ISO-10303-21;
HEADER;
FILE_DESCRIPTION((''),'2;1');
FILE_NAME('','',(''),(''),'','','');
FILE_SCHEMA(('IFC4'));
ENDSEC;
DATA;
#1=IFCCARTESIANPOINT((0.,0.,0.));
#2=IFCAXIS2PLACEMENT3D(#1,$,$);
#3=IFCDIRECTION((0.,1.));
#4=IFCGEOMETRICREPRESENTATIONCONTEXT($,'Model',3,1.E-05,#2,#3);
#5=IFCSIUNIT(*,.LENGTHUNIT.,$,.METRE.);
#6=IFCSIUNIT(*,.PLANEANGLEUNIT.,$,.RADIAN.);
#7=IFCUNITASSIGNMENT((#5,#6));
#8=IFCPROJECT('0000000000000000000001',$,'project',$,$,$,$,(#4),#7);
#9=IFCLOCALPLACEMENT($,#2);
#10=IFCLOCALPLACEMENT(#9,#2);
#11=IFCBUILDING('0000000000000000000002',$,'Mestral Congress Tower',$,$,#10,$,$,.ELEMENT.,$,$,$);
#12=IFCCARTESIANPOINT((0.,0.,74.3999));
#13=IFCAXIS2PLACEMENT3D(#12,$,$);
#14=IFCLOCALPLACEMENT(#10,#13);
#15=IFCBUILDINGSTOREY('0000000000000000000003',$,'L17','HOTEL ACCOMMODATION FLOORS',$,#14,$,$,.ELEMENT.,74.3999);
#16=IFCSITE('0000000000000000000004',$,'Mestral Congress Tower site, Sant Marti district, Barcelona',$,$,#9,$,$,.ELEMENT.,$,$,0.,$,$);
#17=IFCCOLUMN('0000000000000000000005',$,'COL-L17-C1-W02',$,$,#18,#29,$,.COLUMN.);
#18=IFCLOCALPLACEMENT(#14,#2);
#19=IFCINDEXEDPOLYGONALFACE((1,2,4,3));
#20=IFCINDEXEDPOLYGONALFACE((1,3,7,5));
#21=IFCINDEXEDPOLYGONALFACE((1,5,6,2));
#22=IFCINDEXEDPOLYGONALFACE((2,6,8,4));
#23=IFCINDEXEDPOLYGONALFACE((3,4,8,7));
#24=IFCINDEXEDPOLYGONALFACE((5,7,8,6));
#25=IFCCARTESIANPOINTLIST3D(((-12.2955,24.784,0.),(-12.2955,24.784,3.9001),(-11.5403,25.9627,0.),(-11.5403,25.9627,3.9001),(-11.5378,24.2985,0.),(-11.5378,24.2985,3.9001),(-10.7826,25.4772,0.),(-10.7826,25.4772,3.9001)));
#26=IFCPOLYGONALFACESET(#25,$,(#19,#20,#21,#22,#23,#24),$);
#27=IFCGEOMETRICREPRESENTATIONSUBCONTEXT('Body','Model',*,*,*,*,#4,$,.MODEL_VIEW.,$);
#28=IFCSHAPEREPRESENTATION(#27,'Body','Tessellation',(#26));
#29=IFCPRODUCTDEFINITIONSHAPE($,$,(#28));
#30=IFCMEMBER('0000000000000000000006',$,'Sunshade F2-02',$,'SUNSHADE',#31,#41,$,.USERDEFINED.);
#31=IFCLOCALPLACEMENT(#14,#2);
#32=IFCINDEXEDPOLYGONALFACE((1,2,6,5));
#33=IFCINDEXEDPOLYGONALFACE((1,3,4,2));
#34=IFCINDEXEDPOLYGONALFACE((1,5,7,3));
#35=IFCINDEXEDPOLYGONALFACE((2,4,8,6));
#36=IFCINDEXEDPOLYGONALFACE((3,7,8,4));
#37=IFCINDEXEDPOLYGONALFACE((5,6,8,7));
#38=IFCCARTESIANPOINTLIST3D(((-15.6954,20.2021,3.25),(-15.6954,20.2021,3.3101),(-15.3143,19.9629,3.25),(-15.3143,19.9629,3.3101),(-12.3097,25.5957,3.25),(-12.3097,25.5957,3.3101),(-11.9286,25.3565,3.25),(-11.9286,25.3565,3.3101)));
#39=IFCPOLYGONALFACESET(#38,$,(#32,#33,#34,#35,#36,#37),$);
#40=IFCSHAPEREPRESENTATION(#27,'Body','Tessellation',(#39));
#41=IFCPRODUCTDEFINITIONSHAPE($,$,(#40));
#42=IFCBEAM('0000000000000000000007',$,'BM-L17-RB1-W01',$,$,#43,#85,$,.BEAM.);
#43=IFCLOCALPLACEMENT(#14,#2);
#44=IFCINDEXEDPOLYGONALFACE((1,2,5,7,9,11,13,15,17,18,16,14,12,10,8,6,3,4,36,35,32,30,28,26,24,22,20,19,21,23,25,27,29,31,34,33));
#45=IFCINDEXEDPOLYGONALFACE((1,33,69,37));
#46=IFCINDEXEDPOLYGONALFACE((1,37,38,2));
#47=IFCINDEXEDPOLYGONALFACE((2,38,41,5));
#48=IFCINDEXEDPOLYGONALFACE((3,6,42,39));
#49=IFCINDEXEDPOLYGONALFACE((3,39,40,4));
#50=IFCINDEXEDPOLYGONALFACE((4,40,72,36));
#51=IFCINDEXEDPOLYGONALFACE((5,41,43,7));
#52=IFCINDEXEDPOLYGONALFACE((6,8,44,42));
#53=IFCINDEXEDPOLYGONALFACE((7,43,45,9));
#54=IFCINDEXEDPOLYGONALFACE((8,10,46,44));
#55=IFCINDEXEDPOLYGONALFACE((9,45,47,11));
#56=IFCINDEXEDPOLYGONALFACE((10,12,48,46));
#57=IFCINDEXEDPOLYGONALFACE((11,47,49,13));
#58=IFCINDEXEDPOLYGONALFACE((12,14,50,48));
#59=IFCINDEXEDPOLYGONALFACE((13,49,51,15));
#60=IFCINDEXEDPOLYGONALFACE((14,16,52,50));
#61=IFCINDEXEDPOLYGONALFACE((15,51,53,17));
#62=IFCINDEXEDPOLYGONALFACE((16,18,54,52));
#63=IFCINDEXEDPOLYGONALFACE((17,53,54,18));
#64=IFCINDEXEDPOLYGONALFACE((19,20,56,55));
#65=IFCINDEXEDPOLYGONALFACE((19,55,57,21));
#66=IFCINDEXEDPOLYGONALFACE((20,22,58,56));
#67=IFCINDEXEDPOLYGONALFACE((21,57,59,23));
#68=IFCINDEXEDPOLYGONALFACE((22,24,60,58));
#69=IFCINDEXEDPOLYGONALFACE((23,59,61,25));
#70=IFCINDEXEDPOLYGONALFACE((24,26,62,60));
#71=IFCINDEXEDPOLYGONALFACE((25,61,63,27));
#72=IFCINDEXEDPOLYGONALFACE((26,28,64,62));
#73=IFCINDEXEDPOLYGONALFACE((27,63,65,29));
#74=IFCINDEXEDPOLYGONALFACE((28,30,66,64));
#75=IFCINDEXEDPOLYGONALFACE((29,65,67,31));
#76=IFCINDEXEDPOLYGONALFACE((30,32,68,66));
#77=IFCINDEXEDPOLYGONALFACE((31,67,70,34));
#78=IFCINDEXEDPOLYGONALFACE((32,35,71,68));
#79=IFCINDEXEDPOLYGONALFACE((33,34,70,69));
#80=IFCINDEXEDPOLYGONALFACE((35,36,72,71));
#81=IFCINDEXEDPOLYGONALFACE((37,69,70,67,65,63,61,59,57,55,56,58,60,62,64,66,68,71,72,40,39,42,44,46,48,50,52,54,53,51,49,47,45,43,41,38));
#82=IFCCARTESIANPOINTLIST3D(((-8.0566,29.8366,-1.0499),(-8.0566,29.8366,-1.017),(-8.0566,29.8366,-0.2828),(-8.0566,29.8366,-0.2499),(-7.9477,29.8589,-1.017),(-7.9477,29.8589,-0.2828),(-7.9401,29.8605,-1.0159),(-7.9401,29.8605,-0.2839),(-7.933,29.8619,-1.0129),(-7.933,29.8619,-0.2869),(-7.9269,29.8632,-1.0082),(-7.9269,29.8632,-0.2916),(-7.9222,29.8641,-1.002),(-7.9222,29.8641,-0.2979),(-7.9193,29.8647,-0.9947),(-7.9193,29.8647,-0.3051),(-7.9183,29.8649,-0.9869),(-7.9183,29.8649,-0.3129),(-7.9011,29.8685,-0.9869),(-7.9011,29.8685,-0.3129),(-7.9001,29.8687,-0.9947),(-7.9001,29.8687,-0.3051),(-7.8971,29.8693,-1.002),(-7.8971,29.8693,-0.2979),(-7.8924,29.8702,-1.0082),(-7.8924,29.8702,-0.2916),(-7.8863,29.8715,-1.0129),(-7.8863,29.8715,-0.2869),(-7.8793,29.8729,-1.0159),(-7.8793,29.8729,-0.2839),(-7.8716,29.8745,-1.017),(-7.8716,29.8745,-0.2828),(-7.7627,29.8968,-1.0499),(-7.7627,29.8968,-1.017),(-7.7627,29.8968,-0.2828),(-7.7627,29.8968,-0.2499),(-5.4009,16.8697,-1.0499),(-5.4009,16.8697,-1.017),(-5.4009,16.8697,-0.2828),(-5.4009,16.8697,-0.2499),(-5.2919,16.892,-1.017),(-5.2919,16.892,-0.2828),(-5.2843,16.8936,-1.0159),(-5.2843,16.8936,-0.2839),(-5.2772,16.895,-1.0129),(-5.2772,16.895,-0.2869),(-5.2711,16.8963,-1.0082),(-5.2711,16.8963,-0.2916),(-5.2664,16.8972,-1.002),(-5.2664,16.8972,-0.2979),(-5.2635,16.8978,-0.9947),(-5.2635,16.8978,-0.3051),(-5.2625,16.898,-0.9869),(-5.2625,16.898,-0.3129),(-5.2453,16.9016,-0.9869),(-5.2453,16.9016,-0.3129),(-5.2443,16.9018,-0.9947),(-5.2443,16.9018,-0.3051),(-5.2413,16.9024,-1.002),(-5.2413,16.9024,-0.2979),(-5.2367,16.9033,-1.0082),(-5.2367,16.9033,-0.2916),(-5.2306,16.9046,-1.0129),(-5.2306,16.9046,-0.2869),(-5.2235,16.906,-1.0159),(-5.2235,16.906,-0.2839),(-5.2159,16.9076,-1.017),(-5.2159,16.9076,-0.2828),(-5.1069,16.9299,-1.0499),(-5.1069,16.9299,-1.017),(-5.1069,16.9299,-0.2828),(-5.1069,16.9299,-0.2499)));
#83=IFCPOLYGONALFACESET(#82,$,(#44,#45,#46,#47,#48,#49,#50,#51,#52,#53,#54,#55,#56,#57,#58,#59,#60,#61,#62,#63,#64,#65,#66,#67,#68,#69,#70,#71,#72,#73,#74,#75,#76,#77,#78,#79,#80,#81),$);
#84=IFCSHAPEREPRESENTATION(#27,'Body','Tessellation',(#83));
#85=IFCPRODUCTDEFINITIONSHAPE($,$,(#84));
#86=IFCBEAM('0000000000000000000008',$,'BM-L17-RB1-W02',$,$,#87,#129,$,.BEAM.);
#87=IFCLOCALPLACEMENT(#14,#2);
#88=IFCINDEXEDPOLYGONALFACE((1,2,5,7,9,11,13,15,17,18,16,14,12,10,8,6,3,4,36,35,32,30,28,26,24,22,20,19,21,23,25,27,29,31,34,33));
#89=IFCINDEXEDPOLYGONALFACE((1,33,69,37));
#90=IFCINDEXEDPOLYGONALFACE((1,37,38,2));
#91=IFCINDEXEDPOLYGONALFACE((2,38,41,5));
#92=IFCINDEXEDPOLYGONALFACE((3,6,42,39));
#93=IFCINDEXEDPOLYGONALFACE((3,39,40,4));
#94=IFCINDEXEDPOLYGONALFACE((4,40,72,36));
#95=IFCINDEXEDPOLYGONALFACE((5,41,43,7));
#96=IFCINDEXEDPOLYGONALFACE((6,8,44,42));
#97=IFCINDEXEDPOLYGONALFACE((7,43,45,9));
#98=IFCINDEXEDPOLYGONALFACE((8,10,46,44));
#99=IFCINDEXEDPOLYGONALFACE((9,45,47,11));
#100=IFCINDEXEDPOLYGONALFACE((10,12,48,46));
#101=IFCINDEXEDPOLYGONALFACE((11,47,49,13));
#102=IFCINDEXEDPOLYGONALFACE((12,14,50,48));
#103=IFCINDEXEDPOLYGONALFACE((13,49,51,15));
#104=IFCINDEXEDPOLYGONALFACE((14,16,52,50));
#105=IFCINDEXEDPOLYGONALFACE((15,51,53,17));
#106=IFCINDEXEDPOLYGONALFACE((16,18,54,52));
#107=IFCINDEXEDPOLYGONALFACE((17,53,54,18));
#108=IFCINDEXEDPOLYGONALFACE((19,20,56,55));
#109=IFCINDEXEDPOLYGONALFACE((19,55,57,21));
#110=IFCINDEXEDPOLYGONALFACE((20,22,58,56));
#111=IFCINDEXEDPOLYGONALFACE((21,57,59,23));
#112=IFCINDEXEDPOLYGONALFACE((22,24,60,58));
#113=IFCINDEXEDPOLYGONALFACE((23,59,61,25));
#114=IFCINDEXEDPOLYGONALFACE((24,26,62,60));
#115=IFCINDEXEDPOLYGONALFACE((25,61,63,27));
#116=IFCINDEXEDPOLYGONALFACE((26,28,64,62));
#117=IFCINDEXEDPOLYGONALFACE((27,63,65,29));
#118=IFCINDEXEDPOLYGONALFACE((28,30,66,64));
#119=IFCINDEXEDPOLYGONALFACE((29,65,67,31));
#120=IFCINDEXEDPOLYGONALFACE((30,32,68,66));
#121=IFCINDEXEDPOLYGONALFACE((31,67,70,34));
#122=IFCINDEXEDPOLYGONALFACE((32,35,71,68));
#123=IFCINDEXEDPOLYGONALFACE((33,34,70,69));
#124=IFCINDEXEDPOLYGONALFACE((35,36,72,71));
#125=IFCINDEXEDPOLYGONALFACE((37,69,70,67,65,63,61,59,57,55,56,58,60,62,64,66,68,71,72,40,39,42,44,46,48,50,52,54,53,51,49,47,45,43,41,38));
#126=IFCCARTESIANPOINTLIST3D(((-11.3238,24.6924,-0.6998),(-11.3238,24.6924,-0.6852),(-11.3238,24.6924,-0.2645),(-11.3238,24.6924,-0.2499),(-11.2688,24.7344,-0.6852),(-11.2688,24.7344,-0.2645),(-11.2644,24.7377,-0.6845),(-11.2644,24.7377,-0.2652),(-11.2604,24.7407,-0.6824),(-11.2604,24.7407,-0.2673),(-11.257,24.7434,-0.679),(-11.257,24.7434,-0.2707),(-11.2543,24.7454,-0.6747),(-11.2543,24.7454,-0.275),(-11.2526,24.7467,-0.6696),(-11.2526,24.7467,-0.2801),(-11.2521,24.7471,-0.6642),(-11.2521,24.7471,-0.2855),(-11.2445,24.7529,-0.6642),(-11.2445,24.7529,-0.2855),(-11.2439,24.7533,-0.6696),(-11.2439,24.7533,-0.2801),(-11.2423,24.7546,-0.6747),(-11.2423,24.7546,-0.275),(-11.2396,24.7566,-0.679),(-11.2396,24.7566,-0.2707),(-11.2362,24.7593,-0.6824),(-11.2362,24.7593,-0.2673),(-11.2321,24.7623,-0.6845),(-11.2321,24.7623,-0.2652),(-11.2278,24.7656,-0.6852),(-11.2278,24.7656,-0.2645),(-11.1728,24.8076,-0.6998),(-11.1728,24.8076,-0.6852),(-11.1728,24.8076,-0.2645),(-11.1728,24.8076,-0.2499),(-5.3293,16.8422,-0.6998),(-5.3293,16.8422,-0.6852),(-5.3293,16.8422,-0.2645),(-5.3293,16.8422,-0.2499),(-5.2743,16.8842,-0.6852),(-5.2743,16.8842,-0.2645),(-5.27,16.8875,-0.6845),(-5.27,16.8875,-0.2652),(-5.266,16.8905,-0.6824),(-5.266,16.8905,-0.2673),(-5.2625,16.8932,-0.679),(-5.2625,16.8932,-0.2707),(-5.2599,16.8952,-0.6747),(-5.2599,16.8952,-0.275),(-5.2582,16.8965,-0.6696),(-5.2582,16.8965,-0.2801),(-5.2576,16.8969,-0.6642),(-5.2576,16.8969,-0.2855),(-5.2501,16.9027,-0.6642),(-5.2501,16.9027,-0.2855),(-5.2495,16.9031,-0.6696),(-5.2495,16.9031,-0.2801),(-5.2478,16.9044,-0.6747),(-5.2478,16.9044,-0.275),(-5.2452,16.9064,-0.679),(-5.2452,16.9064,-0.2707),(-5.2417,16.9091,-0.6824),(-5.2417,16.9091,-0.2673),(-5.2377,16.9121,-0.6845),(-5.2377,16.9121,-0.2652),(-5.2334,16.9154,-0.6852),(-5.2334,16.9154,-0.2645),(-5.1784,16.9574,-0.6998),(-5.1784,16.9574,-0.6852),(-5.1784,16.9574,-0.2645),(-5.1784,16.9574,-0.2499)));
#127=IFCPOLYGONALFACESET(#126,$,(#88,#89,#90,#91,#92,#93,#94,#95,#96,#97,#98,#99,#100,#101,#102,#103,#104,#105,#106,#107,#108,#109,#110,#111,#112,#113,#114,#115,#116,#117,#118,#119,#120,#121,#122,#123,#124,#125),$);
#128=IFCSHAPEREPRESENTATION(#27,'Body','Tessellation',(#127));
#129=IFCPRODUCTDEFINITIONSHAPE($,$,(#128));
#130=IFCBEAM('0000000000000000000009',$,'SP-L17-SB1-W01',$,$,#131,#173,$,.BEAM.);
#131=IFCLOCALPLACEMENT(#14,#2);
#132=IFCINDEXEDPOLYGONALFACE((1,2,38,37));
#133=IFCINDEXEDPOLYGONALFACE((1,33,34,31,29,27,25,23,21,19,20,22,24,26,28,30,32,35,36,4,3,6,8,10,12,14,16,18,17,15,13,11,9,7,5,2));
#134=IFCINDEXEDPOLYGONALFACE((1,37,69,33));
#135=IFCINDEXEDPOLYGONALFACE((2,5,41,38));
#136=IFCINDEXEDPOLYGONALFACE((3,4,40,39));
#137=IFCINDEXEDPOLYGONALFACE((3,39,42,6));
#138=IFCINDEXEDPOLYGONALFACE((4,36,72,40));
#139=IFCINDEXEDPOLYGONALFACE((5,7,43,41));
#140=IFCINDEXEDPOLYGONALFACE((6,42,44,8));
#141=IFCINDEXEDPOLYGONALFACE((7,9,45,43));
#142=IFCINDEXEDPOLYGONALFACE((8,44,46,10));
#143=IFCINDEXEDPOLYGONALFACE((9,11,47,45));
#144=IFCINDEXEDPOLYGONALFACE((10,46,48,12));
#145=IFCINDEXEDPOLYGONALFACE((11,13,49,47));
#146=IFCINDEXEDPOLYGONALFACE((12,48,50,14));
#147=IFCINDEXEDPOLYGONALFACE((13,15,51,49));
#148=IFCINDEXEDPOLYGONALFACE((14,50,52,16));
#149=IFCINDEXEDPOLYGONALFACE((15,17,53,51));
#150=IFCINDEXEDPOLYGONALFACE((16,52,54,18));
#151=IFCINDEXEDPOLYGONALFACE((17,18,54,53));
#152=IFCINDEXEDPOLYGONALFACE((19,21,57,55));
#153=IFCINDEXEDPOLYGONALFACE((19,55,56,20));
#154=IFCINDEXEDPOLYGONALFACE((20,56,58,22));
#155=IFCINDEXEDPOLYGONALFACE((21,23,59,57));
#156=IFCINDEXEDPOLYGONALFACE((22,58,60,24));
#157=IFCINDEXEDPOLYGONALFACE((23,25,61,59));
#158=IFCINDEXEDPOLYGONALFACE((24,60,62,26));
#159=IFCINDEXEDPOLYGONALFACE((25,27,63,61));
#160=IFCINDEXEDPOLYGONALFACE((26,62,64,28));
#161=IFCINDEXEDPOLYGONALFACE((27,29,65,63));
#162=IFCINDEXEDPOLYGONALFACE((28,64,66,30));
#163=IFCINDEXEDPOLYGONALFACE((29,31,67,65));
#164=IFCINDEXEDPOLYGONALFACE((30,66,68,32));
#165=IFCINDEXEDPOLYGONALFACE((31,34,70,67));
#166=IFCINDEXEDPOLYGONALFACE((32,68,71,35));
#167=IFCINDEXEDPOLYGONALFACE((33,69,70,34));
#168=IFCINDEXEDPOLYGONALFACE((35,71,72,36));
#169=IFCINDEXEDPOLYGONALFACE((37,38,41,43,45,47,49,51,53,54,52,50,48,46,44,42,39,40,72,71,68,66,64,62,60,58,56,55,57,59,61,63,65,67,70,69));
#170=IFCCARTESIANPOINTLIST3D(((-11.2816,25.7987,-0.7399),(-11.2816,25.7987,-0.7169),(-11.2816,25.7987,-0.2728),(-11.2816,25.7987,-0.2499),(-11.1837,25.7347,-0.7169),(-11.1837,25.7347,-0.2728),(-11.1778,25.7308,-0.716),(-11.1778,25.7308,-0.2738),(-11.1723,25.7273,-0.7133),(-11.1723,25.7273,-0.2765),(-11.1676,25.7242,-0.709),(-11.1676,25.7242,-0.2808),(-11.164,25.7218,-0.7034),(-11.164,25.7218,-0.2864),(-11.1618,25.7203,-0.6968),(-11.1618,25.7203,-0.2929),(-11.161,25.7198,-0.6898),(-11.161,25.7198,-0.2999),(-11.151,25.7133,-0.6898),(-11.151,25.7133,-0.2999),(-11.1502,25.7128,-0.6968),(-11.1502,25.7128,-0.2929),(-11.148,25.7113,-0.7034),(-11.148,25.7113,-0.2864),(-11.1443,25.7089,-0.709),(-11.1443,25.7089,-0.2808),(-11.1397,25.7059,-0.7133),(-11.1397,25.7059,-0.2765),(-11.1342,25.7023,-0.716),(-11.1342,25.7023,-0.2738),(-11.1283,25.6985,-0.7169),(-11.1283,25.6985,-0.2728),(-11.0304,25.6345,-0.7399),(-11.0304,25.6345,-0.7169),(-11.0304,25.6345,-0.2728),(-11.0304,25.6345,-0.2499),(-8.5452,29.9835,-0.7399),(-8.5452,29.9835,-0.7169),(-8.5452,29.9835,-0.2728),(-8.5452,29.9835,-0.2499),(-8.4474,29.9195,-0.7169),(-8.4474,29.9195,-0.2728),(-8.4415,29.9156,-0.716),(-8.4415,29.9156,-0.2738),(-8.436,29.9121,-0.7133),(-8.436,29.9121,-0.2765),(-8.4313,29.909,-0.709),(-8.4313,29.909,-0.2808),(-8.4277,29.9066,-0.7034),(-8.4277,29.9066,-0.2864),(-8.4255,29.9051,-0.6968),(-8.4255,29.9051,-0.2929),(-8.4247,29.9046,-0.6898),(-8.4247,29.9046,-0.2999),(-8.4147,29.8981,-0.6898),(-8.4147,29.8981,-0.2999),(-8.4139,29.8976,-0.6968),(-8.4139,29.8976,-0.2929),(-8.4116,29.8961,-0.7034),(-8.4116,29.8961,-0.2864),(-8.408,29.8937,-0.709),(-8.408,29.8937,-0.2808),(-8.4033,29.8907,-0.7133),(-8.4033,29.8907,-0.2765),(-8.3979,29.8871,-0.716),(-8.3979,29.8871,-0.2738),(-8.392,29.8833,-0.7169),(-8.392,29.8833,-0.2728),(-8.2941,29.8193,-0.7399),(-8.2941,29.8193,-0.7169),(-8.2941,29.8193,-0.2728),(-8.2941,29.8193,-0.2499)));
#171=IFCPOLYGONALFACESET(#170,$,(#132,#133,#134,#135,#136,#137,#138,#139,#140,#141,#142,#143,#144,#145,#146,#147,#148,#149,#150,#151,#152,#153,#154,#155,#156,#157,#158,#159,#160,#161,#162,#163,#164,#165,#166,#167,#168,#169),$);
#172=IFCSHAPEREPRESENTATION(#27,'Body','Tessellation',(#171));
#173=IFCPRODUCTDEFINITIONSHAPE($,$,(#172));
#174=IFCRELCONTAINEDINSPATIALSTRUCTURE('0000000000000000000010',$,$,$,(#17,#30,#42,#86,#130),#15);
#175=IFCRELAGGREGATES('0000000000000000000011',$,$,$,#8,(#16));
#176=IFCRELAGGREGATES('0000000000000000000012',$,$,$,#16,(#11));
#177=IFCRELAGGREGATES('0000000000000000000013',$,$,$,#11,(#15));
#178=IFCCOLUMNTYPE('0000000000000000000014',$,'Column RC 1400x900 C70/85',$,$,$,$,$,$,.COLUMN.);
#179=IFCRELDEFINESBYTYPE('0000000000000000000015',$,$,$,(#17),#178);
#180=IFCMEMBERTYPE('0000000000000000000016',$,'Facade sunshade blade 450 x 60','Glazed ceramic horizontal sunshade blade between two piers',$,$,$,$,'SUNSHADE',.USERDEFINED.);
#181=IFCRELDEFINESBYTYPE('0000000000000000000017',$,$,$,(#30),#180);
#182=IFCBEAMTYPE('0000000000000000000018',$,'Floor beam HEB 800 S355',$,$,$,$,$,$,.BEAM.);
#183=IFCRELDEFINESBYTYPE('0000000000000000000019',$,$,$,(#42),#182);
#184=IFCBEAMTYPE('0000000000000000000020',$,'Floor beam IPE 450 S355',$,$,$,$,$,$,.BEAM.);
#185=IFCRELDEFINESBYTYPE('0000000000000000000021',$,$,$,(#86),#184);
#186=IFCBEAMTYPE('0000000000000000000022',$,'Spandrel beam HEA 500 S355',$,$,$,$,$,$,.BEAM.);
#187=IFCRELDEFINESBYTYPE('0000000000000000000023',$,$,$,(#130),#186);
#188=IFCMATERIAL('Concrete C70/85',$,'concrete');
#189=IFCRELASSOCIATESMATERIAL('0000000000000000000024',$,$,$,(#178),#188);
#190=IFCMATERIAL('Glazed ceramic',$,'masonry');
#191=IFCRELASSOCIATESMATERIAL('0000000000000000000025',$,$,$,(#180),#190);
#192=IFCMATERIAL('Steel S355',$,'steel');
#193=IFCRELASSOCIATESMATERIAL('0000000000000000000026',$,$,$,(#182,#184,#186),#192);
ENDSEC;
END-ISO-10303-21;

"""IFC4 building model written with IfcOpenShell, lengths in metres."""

from ifc_helpers import new_model, si_unit, direction, frame, origin, origin_2d, place, context, subcontext, project, spatial, rectangle, i_section, extrude, material, material_profile, profile_set, type_object, element, save


model = new_model("IFC4")

# Units and contexts
model_context = context("Model", 3, precision=1e-05, world=origin(), true_north=direction((0.0, 1.0)))
body_context = subcontext(model_context, "Body", "Model", "MODEL_VIEW")
ifc_project = project(units=[si_unit("LENGTHUNIT", "METRE"), si_unit("PLANEANGLEUNIT", "RADIAN")], contexts=[model_context])

# Site, building, storey
site_placement = place(None, origin())
site = spatial("IfcSite", under=ifc_project, at=site_placement, Name="Mestral Congress Tower site, Sant Marti district, Barcelona", CompositionType="ELEMENT", RefElevation=0.0)
building_placement = place(site_placement, origin())
building = spatial("IfcBuilding", under=site, at=building_placement, Name="Mestral Congress Tower", CompositionType="ELEMENT")
storey_placement = place(building_placement, frame((0.0, 0.0, 74.3999)))
storey = spatial("IfcBuildingStorey", under=building, at=storey_placement, Name="L17", Description="HOTEL ACCOMMODATION FLOORS", CompositionType="ELEMENT", Elevation=74.3999)

# Column
ifc_material_1 = material(Name="Concrete C70/85", Category="concrete")
ifc_material_profile_1 = material_profile(ifc_material_1, rectangle(XDim=1.3999, YDim=0.8999, at=origin_2d()), Name="RC 1400x900")
ifc_profile_set_1 = profile_set([ifc_material_profile_1], Name="Concrete C70/85")
column_type = type_object("IfcColumnType", Name="Column RC 1400x900 C70/85", PredefinedType="COLUMN", material=ifc_profile_set_1)
column_placement = place(storey_placement, frame((-11.5391, 25.1306, 0.0), z_axis=(0.0, 0.0, 1.0), x_axis=(-0.539476, -0.842001, 0.0)))
element("IfcColumn", 1, at=column_placement, inside=storey, type_object=column_type, Name="COL-L17-C1-W02", PredefinedType="COLUMN", context=body_context, shape_type="SweptSolid", body=[
    extrude(rectangle(XDim=1.3999, YDim=0.8999, at=origin_2d()), origin(), (0.0, 0.0, 1.0), 3.9001),
])

# Member
ifc_material_2 = material(Name="Glazed ceramic", Category="masonry")
ifc_material_profile_2 = material_profile(ifc_material_2, rectangle(XDim=0.45, YDim=0.0601, at=origin_2d()), Name="Ceramic blade 450 x 60")
ifc_profile_set_2 = profile_set([ifc_material_profile_2], Name="Glazed ceramic")
member_type = type_object("IfcMemberType", Name="Facade sunshade blade 450 x 60", Description="Glazed ceramic horizontal sunshade blade between two piers", ElementType="SUNSHADE", PredefinedType="USERDEFINED", material=ifc_profile_set_2)
member_placement = place(storey_placement, frame((-12.1191, 25.4761, 3.28), z_axis=(-0.531666, -0.846954, 0.0), x_axis=(0.846954, -0.531666, 0.0)))
element("IfcMember", 2, at=member_placement, inside=storey, type_object=member_type, Name="Sunshade F2-02", ObjectType="SUNSHADE", PredefinedType="USERDEFINED", context=body_context, shape_type="SweptSolid", body=[
    extrude(rectangle(XDim=0.45, YDim=0.0601, at=origin_2d()), origin(), (0.0, 0.0, 1.0), 6.3682),
])

# Beams
ifc_material_3 = material(Name="Steel S355", Category="steel")
ifc_material_profile_3 = material_profile(ifc_material_3, i_section(OverallWidth=0.3, OverallDepth=0.8, WebThickness=0.0176, FlangeThickness=0.033, FilletRadius=0.03, at=origin_2d()), Name="HEB 800")
ifc_profile_set_3 = profile_set([ifc_material_profile_3], Name="Steel S355")
beam_type_1 = type_object("IfcBeamType", Name="Floor beam HEB 800 S355", PredefinedType="BEAM", material=ifc_profile_set_3)
beam_1_placement = place(storey_placement, frame((-7.9097, 29.8667, -0.6499), z_axis=(0.200647, -0.979664, 0.0), x_axis=(0.979664, 0.200647, 0.0)))
element("IfcBeam", 3, at=beam_1_placement, inside=storey, type_object=beam_type_1, Name="BM-L17-RB1-W01", PredefinedType="BEAM", context=body_context, shape_type="SweptSolid", body=[
    extrude(i_section(OverallWidth=0.3, OverallDepth=0.8, WebThickness=0.0176, FlangeThickness=0.033, FilletRadius=0.03, at=origin_2d()), origin(), (0.0, 0.0, 1.0), 13.2361),
])
ifc_material_profile_4 = material_profile(ifc_material_3, i_section(OverallWidth=0.1899, OverallDepth=0.45, WebThickness=0.0095, FlangeThickness=0.0146, FilletRadius=0.021, at=origin_2d()), Name="IPE 450")
ifc_profile_set_4 = profile_set([ifc_material_profile_4], Name="Steel S355")
beam_type_2 = type_object("IfcBeamType", Name="Floor beam IPE 450 S355", PredefinedType="BEAM", material=ifc_profile_set_4)
beam_2_placement = place(storey_placement, frame((-11.2483, 24.75, -0.4749), z_axis=(0.606899, -0.794779, 0.0), x_axis=(0.794779, 0.606899, 0.0)))
element("IfcBeam", 4, at=beam_2_placement, inside=storey, type_object=beam_type_2, Name="BM-L17-RB1-W02", PredefinedType="BEAM", context=body_context, shape_type="SweptSolid", body=[
    extrude(i_section(OverallWidth=0.1899, OverallDepth=0.45, WebThickness=0.0095, FlangeThickness=0.0146, FilletRadius=0.021, at=origin_2d()), origin(), (0.0, 0.0, 1.0), 9.8772),
])
ifc_material_profile_5 = material_profile(ifc_material_3, i_section(OverallWidth=0.3, OverallDepth=0.49, WebThickness=0.012, FlangeThickness=0.0229, FilletRadius=0.0271, at=origin_2d()), Name="HEA 500")
ifc_profile_set_5 = profile_set([ifc_material_profile_5], Name="Steel S355")
beam_type_3 = type_object("IfcBeamType", Name="Spandrel beam HEA 500 S355", PredefinedType="BEAM", material=ifc_profile_set_5)
beam_3_placement = place(storey_placement, frame((-8.4197, 29.9014, -0.4949), z_axis=(-0.547264, -0.83696, 0.0), x_axis=(0.83696, -0.547264, 0.0)))
element("IfcBeam", 5, at=beam_3_placement, inside=storey, type_object=beam_type_3, Name="SP-L17-SB1-W01", PredefinedType="BEAM", context=body_context, shape_type="SweptSolid", body=[
    extrude(i_section(OverallWidth=0.3, OverallDepth=0.49, WebThickness=0.012, FlangeThickness=0.0229, FilletRadius=0.0271, at=origin_2d()), origin(), (0.0, 0.0, 1.0), 5.0),
])

save(model, "model.ifc")
